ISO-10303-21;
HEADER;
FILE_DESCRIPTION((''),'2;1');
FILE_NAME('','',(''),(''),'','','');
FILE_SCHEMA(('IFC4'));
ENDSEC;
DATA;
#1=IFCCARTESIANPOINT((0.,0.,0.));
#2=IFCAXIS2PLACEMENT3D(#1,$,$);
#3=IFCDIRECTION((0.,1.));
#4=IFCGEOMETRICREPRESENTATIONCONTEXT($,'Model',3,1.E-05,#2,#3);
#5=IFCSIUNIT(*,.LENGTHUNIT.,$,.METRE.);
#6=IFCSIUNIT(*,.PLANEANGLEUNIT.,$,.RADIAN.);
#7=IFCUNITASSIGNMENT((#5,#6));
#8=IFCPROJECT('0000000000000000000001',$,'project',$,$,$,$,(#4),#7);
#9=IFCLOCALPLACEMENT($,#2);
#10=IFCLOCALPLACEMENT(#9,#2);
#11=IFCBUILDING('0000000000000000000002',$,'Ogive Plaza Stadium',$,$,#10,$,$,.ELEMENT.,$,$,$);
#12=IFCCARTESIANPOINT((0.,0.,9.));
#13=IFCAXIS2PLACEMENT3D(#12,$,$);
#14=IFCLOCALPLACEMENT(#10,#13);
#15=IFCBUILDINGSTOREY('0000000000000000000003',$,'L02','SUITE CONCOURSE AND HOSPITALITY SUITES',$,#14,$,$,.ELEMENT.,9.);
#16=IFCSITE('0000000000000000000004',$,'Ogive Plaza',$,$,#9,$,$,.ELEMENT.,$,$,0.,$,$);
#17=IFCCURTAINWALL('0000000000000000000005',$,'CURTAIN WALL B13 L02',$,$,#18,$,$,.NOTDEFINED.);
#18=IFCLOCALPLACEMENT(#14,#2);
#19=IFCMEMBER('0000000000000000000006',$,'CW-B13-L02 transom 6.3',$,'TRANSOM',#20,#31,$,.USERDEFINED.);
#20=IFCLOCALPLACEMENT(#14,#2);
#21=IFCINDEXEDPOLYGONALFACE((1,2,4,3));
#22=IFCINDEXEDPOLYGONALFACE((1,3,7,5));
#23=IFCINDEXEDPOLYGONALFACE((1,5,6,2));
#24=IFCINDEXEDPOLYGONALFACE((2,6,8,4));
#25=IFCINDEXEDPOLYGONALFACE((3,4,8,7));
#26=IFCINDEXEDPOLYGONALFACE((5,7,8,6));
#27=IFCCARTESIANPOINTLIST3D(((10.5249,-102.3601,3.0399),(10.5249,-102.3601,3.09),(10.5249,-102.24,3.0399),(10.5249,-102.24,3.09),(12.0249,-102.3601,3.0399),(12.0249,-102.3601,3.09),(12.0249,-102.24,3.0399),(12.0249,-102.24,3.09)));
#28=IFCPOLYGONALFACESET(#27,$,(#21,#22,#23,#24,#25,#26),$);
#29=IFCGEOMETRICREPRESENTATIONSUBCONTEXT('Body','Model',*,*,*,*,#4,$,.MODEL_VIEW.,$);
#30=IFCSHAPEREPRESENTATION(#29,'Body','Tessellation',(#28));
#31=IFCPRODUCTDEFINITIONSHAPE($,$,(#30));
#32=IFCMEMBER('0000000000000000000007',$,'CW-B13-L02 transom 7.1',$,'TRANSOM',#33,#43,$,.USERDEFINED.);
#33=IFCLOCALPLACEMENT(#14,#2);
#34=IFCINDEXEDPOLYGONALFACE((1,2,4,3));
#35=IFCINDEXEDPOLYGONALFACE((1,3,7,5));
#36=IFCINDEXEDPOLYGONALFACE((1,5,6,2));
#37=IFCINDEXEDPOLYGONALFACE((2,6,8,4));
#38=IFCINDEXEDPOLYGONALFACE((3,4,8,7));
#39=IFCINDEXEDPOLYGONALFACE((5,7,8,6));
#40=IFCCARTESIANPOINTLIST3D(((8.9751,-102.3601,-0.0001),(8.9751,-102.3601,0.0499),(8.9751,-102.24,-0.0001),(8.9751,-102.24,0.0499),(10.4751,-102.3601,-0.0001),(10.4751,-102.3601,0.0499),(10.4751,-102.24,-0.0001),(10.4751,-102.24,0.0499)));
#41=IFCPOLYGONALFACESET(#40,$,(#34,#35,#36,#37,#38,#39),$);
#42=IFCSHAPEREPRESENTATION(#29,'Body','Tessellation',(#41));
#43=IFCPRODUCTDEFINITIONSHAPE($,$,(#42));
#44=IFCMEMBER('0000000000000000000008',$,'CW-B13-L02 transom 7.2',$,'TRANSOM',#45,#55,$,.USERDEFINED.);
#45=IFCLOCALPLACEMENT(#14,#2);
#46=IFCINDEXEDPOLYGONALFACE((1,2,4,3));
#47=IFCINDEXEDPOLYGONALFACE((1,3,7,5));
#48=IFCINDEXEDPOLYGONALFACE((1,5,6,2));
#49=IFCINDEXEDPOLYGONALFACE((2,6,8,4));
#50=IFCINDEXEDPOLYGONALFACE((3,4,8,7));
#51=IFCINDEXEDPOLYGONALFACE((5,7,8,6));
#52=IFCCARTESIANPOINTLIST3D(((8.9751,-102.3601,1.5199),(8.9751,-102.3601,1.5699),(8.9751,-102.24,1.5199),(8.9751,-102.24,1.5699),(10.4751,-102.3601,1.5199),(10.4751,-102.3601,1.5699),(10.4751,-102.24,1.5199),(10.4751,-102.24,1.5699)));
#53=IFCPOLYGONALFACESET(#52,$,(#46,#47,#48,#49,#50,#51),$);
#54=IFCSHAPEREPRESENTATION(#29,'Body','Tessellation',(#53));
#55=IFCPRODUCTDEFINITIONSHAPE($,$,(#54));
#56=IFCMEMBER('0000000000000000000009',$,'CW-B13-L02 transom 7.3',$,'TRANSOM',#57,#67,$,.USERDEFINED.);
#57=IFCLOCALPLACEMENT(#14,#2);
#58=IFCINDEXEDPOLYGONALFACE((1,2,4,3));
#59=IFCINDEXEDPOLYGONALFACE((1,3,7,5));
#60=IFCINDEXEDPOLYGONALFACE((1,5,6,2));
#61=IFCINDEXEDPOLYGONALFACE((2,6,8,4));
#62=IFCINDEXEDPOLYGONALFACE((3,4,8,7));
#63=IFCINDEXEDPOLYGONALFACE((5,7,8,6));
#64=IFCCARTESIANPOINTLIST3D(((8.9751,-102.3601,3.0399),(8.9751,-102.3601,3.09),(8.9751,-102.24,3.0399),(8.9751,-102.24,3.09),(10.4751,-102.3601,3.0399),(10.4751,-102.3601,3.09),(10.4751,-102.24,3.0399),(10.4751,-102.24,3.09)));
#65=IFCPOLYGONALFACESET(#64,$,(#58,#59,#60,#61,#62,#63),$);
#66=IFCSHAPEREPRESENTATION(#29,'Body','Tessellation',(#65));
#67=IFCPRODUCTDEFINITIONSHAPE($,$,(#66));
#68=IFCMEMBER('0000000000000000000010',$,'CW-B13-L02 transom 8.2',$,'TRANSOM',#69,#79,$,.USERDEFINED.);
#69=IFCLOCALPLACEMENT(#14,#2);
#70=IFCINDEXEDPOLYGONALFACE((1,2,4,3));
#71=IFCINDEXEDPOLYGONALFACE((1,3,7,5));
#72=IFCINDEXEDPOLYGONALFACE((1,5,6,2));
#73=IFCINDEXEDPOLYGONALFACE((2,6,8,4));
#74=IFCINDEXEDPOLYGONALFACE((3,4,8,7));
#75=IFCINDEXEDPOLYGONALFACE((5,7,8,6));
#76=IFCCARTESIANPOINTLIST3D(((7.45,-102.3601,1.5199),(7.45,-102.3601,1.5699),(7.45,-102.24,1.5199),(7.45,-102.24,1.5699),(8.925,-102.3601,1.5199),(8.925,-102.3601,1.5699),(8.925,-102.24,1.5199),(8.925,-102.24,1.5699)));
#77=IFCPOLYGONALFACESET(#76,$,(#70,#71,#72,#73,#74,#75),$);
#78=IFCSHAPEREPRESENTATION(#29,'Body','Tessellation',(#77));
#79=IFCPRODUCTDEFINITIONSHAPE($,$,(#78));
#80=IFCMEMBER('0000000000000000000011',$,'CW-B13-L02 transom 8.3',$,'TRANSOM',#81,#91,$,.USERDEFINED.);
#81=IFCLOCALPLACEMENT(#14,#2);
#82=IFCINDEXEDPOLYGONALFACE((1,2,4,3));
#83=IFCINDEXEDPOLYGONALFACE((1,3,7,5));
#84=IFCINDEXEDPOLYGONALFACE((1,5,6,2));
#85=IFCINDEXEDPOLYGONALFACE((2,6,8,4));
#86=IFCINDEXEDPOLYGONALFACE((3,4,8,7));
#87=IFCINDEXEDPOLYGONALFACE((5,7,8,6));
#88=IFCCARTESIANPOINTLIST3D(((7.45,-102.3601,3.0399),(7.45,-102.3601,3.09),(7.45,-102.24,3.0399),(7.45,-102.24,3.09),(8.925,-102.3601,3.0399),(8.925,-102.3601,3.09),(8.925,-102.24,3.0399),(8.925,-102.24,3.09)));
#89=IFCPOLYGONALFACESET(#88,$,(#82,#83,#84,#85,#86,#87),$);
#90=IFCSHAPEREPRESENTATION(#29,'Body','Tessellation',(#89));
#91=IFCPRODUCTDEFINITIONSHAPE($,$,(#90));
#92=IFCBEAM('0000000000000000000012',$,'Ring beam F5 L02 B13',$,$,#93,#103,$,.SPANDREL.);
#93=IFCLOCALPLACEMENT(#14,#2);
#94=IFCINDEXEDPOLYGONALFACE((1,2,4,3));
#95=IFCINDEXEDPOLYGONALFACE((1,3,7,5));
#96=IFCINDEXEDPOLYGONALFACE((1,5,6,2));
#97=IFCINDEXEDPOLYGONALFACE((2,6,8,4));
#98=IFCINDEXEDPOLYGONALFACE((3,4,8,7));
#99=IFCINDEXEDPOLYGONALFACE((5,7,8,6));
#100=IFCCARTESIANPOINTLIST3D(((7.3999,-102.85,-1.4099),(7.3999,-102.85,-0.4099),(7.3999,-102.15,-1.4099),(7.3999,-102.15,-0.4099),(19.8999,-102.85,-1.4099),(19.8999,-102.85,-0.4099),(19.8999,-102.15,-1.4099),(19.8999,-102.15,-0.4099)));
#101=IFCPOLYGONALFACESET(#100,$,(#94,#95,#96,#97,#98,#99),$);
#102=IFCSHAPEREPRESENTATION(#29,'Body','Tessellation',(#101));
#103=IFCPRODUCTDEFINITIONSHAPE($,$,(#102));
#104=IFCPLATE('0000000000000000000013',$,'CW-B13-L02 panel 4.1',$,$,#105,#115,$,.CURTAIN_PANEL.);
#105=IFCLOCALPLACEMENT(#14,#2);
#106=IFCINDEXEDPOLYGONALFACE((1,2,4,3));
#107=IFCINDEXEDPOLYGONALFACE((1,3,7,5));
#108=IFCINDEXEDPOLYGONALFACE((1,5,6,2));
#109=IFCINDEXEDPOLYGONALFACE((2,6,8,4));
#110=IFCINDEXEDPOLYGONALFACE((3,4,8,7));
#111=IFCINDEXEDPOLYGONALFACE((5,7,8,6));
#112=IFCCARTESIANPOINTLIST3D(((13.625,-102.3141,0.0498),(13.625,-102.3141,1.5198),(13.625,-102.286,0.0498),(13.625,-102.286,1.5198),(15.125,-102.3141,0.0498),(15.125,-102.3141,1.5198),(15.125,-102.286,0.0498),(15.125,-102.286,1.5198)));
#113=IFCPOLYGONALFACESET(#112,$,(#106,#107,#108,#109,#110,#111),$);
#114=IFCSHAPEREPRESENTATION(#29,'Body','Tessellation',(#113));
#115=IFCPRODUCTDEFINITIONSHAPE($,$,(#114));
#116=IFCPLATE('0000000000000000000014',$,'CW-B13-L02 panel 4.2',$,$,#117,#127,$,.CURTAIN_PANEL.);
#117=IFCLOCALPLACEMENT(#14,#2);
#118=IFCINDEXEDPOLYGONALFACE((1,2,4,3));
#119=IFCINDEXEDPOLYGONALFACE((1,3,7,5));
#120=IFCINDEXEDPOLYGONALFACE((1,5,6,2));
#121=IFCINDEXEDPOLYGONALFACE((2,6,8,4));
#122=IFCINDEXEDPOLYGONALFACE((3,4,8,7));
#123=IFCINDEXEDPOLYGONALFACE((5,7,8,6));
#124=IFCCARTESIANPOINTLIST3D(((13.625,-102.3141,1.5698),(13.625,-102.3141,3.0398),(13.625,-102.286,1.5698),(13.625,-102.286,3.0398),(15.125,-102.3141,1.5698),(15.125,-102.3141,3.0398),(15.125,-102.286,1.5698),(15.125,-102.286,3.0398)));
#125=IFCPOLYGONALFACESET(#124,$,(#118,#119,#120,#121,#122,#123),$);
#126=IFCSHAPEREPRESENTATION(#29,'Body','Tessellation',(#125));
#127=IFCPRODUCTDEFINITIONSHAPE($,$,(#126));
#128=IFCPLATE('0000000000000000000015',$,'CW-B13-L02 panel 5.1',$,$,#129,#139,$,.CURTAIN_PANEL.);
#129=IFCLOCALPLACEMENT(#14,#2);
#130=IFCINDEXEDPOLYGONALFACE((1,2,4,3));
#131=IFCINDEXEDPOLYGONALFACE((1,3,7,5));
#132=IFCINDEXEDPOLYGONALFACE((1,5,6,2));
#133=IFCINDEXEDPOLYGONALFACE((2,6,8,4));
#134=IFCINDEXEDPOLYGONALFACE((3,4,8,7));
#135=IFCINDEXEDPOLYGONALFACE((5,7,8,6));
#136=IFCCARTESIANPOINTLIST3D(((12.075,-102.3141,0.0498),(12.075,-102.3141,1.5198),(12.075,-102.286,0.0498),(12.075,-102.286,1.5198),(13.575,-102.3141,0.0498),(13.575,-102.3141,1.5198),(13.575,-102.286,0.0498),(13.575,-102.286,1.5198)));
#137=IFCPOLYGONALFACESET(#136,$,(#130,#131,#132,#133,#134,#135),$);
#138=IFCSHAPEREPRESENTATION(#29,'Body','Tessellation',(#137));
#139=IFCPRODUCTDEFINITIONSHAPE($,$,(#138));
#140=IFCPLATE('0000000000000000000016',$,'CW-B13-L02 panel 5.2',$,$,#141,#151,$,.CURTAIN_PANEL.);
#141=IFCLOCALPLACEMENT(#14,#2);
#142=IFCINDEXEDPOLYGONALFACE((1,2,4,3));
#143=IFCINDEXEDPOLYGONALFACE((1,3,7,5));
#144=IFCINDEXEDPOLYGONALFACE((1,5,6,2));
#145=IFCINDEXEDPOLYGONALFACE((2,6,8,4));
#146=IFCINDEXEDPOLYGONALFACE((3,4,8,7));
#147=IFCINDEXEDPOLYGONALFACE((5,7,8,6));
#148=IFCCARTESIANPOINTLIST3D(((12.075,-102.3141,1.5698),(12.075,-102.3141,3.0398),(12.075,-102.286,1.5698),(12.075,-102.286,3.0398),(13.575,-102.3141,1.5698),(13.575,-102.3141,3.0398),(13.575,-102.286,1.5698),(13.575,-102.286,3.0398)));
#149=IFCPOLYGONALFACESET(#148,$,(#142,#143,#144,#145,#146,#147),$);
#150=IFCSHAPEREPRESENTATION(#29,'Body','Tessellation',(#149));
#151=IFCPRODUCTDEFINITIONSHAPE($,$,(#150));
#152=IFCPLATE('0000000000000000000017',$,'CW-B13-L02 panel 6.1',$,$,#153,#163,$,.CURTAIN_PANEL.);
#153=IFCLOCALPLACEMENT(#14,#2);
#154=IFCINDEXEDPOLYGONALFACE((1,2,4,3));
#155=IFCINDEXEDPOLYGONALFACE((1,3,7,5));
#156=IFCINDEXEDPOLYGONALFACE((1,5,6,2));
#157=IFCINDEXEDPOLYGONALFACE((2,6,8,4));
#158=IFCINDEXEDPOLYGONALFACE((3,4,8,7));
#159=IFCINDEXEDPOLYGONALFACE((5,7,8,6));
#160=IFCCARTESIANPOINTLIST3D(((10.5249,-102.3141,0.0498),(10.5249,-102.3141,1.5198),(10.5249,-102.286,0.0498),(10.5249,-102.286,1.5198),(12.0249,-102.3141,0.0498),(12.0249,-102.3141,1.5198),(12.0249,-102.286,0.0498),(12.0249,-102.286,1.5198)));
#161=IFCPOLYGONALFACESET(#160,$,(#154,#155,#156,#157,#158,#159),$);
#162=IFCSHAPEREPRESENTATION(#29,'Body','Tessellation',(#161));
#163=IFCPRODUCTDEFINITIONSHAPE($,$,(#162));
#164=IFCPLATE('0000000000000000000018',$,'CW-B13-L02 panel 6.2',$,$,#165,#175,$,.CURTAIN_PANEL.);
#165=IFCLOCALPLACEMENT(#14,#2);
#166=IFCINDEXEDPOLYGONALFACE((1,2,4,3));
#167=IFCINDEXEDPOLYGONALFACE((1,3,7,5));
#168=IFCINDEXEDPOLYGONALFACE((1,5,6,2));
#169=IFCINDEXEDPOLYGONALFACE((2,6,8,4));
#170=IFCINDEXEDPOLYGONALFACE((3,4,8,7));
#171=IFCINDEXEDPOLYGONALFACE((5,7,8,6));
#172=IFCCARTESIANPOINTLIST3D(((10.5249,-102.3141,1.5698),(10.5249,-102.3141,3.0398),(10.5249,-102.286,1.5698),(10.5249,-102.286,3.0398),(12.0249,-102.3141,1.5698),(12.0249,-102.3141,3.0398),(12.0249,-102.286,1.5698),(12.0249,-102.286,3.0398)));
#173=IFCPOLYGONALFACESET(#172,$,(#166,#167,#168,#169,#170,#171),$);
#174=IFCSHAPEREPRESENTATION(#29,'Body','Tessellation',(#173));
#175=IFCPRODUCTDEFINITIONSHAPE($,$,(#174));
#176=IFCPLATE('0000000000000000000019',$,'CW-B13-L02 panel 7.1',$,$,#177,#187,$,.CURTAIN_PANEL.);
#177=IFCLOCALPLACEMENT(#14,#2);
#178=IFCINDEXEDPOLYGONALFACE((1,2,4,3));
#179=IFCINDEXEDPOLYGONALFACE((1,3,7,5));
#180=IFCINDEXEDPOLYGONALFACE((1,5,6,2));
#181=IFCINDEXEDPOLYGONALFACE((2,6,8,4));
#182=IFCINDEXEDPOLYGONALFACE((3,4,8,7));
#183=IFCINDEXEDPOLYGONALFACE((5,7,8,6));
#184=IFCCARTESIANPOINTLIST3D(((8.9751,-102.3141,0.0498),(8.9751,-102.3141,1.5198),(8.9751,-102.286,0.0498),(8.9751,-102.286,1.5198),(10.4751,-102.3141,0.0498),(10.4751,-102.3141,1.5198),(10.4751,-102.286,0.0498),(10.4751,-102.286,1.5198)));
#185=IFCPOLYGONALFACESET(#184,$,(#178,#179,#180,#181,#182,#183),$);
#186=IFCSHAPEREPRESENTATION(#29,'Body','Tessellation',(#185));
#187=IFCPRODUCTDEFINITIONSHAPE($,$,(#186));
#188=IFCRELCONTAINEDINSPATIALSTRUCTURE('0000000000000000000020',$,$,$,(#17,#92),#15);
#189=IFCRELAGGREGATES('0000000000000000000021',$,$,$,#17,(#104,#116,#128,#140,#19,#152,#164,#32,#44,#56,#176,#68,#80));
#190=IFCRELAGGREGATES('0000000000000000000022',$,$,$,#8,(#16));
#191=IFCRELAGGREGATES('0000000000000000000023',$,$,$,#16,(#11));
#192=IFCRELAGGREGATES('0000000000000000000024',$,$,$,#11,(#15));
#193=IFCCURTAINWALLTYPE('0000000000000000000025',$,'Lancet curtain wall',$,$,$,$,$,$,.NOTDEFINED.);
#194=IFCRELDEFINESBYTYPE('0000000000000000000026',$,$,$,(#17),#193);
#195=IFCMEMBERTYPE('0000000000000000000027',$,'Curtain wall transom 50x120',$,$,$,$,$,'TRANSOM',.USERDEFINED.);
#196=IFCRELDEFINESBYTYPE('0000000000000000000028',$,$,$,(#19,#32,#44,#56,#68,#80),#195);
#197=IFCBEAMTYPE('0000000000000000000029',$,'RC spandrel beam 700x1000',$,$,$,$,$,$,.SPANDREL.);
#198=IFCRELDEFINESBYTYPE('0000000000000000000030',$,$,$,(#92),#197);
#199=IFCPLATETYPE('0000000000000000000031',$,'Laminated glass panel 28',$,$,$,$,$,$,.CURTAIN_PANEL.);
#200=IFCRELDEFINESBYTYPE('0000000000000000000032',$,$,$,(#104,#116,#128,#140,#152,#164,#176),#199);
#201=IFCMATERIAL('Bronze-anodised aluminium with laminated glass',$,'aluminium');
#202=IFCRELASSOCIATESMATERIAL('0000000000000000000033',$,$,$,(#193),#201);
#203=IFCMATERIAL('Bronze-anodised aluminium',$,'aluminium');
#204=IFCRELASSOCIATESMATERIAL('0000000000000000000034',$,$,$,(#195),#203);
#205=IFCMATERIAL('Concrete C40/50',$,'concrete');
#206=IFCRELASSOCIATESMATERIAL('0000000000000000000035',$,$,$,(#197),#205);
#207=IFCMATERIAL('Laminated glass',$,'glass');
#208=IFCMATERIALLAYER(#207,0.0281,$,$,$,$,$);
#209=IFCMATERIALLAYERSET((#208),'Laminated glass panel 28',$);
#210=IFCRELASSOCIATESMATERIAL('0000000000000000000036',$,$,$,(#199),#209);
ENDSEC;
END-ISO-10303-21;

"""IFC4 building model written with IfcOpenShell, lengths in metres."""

from ifc_helpers import new_model, si_unit, direction, frame, origin, origin_2d, place, context, subcontext, project, spatial, rectangle, extrude, material, layer, layer_set, material_profile, profile_set, type_object, element, aggregate, save


model = new_model("IFC4")

# Units and contexts
model_context = context("Model", 3, precision=1e-05, world=origin(), true_north=direction((0.0, 1.0)))
body_context = subcontext(model_context, "Body", "Model", "MODEL_VIEW")
ifc_project = project(units=[si_unit("LENGTHUNIT", "METRE"), si_unit("PLANEANGLEUNIT", "RADIAN")], contexts=[model_context])

# Site, building, storey
site_placement = place(None, origin())
site = spatial("IfcSite", under=ifc_project, at=site_placement, Name="Ogive Plaza", CompositionType="ELEMENT", RefElevation=0.0)
building_placement = place(site_placement, origin())
building = spatial("IfcBuilding", under=site, at=building_placement, Name="Ogive Plaza Stadium", CompositionType="ELEMENT")
storey_placement = place(building_placement, frame((0.0, 0.0, 9.0)))
storey = spatial("IfcBuildingStorey", under=building, at=storey_placement, Name="L02", Description="SUITE CONCOURSE AND HOSPITALITY SUITES", CompositionType="ELEMENT", Elevation=9.0)

# Curtain wall, members
ifc_material_1 = material(Name="Bronze-anodised aluminium with laminated glass", Category="aluminium")
curtain_wall_type = type_object("IfcCurtainWallType", Name="Lancet curtain wall", PredefinedType="NOTDEFINED", material=ifc_material_1)
curtain_wall_placement = place(storey_placement, origin())
curtain_wall = element("IfcCurtainWall", 1, at=curtain_wall_placement, inside=storey, type_object=curtain_wall_type, Name="CURTAIN WALL B13 L02", PredefinedType="NOTDEFINED")
ifc_material_2 = material(Name="Bronze-anodised aluminium", Category="aluminium")
ifc_material_profile_1 = material_profile(ifc_material_2, rectangle(XDim=0.1201, YDim=0.05, at=origin_2d()), Name="AL 120x50")
ifc_profile_set_1 = profile_set([ifc_material_profile_1], Name="Bronze-anodised aluminium")
member_type_1 = type_object("IfcMemberType", Name="Curtain wall transom 50x120", ElementType="TRANSOM", PredefinedType="USERDEFINED", material=ifc_profile_set_1)
member_1_placement = place(storey_placement, frame((12.0249, -102.3, 3.0649), z_axis=(-1.0, 0.0, 0.0), x_axis=(0.0, -1.0, 0.0)))
member_1 = element("IfcMember", 2, at=member_1_placement, type_object=member_type_1, Name="CW-B13-L02 transom 6.3", ObjectType="TRANSOM", PredefinedType="USERDEFINED", context=body_context, shape_type="SweptSolid", body=[
    extrude(rectangle(XDim=0.1201, YDim=0.05, at=origin_2d()), origin(), (0.0, 0.0, 1.0), 1.5),
])
member_2_placement = place(storey_placement, frame((10.4751, -102.3, 0.0249), z_axis=(-1.0, 0.0, 0.0), x_axis=(0.0, -1.0, 0.0)))
member_2 = element("IfcMember", 3, at=member_2_placement, type_object=member_type_1, Name="CW-B13-L02 transom 7.1", ObjectType="TRANSOM", PredefinedType="USERDEFINED", context=body_context, shape_type="SweptSolid", body=[
    extrude(rectangle(XDim=0.1201, YDim=0.05, at=origin_2d()), origin(), (0.0, 0.0, 1.0), 1.5),
])
member_3_placement = place(storey_placement, frame((10.4751, -102.3, 1.5449), z_axis=(-1.0, 0.0, 0.0), x_axis=(0.0, -1.0, 0.0)))
member_3 = element("IfcMember", 4, at=member_3_placement, type_object=member_type_1, Name="CW-B13-L02 transom 7.2", ObjectType="TRANSOM", PredefinedType="USERDEFINED", context=body_context, shape_type="SweptSolid", body=[
    extrude(rectangle(XDim=0.1201, YDim=0.05, at=origin_2d()), origin(), (0.0, 0.0, 1.0), 1.5),
])
member_4_placement = place(storey_placement, frame((10.4751, -102.3, 3.0649), z_axis=(-1.0, 0.0, 0.0), x_axis=(0.0, -1.0, 0.0)))
member_4 = element("IfcMember", 5, at=member_4_placement, type_object=member_type_1, Name="CW-B13-L02 transom 7.3", ObjectType="TRANSOM", PredefinedType="USERDEFINED", context=body_context, shape_type="SweptSolid", body=[
    extrude(rectangle(XDim=0.1201, YDim=0.05, at=origin_2d()), origin(), (0.0, 0.0, 1.0), 1.5),
])
member_5_placement = place(storey_placement, frame((8.925, -102.3, 1.5449), z_axis=(-1.0, 0.0, 0.0), x_axis=(0.0, -1.0, 0.0)))
member_5 = element("IfcMember", 6, at=member_5_placement, type_object=member_type_1, Name="CW-B13-L02 transom 8.2", ObjectType="TRANSOM", PredefinedType="USERDEFINED", context=body_context, shape_type="SweptSolid", body=[
    extrude(rectangle(XDim=0.1201, YDim=0.05, at=origin_2d()), origin(), (0.0, 0.0, 1.0), 1.4751),
])
member_6_placement = place(storey_placement, frame((8.925, -102.3, 3.0649), z_axis=(-1.0, 0.0, 0.0), x_axis=(0.0, -1.0, 0.0)))
member_6 = element("IfcMember", 7, at=member_6_placement, type_object=member_type_1, Name="CW-B13-L02 transom 8.3", ObjectType="TRANSOM", PredefinedType="USERDEFINED", context=body_context, shape_type="SweptSolid", body=[
    extrude(rectangle(XDim=0.1201, YDim=0.05, at=origin_2d()), origin(), (0.0, 0.0, 1.0), 1.4751),
])

# Beam
ifc_material_3 = material(Name="Concrete C40/50", Category="concrete")
ifc_material_profile_2 = material_profile(ifc_material_3, rectangle(XDim=0.7, YDim=1.0, at=origin_2d()), Name="RC 700x1000")
ifc_profile_set_2 = profile_set([ifc_material_profile_2], Name="Concrete C40/50")
beam_type = type_object("IfcBeamType", Name="RC spandrel beam 700x1000", PredefinedType="SPANDREL", material=ifc_profile_set_2)
beam_placement = place(storey_placement, frame((19.8999, -102.5, -0.9099), z_axis=(-1.0, 0.0, 0.0), x_axis=(0.0, -1.0, 0.0)))
element("IfcBeam", 8, at=beam_placement, inside=storey, type_object=beam_type, Name="Ring beam F5 L02 B13", PredefinedType="SPANDREL", context=body_context, shape_type="SweptSolid", body=[
    extrude(rectangle(XDim=0.7, YDim=1.0, at=origin_2d()), origin(), (0.0, 0.0, 1.0), 12.5),
])

# Plates
ifc_material_4 = material(Name="Laminated glass", Category="glass")
ifc_layer_1 = layer(ifc_material_4, 0.0281)
ifc_layer_set_1 = layer_set([ifc_layer_1], Name="Laminated glass panel 28")
plate_type = type_object("IfcPlateType", Name="Laminated glass panel 28", PredefinedType="CURTAIN_PANEL", material=ifc_layer_set_1)
plate_1_placement = place(storey_placement, frame((14.375, -102.3, 0.0498), z_axis=(0.0, 0.0, 1.0), x_axis=(-1.0, 0.0, 0.0)))
plate_1 = element("IfcPlate", 9, at=plate_1_placement, type_object=plate_type, Name="CW-B13-L02 panel 4.1", PredefinedType="CURTAIN_PANEL", context=body_context, shape_type="SweptSolid", body=[
    extrude(rectangle(XDim=1.5, YDim=0.0281, at=origin_2d()), origin(), (0.0, 0.0, 1.0), 1.47),
])
plate_2_placement = place(storey_placement, frame((14.375, -102.3, 1.5698), z_axis=(0.0, 0.0, 1.0), x_axis=(-1.0, 0.0, 0.0)))
plate_2 = element("IfcPlate", 10, at=plate_2_placement, type_object=plate_type, Name="CW-B13-L02 panel 4.2", PredefinedType="CURTAIN_PANEL", context=body_context, shape_type="SweptSolid", body=[
    extrude(rectangle(XDim=1.5, YDim=0.0281, at=origin_2d()), origin(), (0.0, 0.0, 1.0), 1.47),
])
plate_3_placement = place(storey_placement, frame((12.825, -102.3, 0.0498), z_axis=(0.0, 0.0, 1.0), x_axis=(-1.0, 0.0, 0.0)))
plate_3 = element("IfcPlate", 11, at=plate_3_placement, type_object=plate_type, Name="CW-B13-L02 panel 5.1", PredefinedType="CURTAIN_PANEL", context=body_context, shape_type="SweptSolid", body=[
    extrude(rectangle(XDim=1.5, YDim=0.0281, at=origin_2d()), origin(), (0.0, 0.0, 1.0), 1.47),
])
plate_4_placement = place(storey_placement, frame((12.825, -102.3, 1.5698), z_axis=(0.0, 0.0, 1.0), x_axis=(-1.0, 0.0, 0.0)))
plate_4 = element("IfcPlate", 12, at=plate_4_placement, type_object=plate_type, Name="CW-B13-L02 panel 5.2", PredefinedType="CURTAIN_PANEL", context=body_context, shape_type="SweptSolid", body=[
    extrude(rectangle(XDim=1.5, YDim=0.0281, at=origin_2d()), origin(), (0.0, 0.0, 1.0), 1.47),
])
plate_5_placement = place(storey_placement, frame((11.2749, -102.3, 0.0498), z_axis=(0.0, 0.0, 1.0), x_axis=(-1.0, 0.0, 0.0)))
plate_5 = element("IfcPlate", 13, at=plate_5_placement, type_object=plate_type, Name="CW-B13-L02 panel 6.1", PredefinedType="CURTAIN_PANEL", context=body_context, shape_type="SweptSolid", body=[
    extrude(rectangle(XDim=1.5, YDim=0.0281, at=origin_2d()), origin(), (0.0, 0.0, 1.0), 1.47),
])
plate_6_placement = place(storey_placement, frame((11.2749, -102.3, 1.5698), z_axis=(0.0, 0.0, 1.0), x_axis=(-1.0, 0.0, 0.0)))
plate_6 = element("IfcPlate", 14, at=plate_6_placement, type_object=plate_type, Name="CW-B13-L02 panel 6.2", PredefinedType="CURTAIN_PANEL", context=body_context, shape_type="SweptSolid", body=[
    extrude(rectangle(XDim=1.5, YDim=0.0281, at=origin_2d()), origin(), (0.0, 0.0, 1.0), 1.47),
])
plate_7_placement = place(storey_placement, frame((9.7251, -102.3, 0.0498), z_axis=(0.0, 0.0, 1.0), x_axis=(-1.0, 0.0, 0.0)))
plate_7 = element("IfcPlate", 15, at=plate_7_placement, type_object=plate_type, Name="CW-B13-L02 panel 7.1", PredefinedType="CURTAIN_PANEL", context=body_context, shape_type="SweptSolid", body=[
    extrude(rectangle(XDim=1.5, YDim=0.0281, at=origin_2d()), origin(), (0.0, 0.0, 1.0), 1.47),
])
aggregate(curtain_wall, [plate_1, plate_2, plate_3, plate_4, member_1, plate_5, plate_6, member_2, member_3, member_4, plate_7, member_5, member_6])

save(model, "model.ifc")
